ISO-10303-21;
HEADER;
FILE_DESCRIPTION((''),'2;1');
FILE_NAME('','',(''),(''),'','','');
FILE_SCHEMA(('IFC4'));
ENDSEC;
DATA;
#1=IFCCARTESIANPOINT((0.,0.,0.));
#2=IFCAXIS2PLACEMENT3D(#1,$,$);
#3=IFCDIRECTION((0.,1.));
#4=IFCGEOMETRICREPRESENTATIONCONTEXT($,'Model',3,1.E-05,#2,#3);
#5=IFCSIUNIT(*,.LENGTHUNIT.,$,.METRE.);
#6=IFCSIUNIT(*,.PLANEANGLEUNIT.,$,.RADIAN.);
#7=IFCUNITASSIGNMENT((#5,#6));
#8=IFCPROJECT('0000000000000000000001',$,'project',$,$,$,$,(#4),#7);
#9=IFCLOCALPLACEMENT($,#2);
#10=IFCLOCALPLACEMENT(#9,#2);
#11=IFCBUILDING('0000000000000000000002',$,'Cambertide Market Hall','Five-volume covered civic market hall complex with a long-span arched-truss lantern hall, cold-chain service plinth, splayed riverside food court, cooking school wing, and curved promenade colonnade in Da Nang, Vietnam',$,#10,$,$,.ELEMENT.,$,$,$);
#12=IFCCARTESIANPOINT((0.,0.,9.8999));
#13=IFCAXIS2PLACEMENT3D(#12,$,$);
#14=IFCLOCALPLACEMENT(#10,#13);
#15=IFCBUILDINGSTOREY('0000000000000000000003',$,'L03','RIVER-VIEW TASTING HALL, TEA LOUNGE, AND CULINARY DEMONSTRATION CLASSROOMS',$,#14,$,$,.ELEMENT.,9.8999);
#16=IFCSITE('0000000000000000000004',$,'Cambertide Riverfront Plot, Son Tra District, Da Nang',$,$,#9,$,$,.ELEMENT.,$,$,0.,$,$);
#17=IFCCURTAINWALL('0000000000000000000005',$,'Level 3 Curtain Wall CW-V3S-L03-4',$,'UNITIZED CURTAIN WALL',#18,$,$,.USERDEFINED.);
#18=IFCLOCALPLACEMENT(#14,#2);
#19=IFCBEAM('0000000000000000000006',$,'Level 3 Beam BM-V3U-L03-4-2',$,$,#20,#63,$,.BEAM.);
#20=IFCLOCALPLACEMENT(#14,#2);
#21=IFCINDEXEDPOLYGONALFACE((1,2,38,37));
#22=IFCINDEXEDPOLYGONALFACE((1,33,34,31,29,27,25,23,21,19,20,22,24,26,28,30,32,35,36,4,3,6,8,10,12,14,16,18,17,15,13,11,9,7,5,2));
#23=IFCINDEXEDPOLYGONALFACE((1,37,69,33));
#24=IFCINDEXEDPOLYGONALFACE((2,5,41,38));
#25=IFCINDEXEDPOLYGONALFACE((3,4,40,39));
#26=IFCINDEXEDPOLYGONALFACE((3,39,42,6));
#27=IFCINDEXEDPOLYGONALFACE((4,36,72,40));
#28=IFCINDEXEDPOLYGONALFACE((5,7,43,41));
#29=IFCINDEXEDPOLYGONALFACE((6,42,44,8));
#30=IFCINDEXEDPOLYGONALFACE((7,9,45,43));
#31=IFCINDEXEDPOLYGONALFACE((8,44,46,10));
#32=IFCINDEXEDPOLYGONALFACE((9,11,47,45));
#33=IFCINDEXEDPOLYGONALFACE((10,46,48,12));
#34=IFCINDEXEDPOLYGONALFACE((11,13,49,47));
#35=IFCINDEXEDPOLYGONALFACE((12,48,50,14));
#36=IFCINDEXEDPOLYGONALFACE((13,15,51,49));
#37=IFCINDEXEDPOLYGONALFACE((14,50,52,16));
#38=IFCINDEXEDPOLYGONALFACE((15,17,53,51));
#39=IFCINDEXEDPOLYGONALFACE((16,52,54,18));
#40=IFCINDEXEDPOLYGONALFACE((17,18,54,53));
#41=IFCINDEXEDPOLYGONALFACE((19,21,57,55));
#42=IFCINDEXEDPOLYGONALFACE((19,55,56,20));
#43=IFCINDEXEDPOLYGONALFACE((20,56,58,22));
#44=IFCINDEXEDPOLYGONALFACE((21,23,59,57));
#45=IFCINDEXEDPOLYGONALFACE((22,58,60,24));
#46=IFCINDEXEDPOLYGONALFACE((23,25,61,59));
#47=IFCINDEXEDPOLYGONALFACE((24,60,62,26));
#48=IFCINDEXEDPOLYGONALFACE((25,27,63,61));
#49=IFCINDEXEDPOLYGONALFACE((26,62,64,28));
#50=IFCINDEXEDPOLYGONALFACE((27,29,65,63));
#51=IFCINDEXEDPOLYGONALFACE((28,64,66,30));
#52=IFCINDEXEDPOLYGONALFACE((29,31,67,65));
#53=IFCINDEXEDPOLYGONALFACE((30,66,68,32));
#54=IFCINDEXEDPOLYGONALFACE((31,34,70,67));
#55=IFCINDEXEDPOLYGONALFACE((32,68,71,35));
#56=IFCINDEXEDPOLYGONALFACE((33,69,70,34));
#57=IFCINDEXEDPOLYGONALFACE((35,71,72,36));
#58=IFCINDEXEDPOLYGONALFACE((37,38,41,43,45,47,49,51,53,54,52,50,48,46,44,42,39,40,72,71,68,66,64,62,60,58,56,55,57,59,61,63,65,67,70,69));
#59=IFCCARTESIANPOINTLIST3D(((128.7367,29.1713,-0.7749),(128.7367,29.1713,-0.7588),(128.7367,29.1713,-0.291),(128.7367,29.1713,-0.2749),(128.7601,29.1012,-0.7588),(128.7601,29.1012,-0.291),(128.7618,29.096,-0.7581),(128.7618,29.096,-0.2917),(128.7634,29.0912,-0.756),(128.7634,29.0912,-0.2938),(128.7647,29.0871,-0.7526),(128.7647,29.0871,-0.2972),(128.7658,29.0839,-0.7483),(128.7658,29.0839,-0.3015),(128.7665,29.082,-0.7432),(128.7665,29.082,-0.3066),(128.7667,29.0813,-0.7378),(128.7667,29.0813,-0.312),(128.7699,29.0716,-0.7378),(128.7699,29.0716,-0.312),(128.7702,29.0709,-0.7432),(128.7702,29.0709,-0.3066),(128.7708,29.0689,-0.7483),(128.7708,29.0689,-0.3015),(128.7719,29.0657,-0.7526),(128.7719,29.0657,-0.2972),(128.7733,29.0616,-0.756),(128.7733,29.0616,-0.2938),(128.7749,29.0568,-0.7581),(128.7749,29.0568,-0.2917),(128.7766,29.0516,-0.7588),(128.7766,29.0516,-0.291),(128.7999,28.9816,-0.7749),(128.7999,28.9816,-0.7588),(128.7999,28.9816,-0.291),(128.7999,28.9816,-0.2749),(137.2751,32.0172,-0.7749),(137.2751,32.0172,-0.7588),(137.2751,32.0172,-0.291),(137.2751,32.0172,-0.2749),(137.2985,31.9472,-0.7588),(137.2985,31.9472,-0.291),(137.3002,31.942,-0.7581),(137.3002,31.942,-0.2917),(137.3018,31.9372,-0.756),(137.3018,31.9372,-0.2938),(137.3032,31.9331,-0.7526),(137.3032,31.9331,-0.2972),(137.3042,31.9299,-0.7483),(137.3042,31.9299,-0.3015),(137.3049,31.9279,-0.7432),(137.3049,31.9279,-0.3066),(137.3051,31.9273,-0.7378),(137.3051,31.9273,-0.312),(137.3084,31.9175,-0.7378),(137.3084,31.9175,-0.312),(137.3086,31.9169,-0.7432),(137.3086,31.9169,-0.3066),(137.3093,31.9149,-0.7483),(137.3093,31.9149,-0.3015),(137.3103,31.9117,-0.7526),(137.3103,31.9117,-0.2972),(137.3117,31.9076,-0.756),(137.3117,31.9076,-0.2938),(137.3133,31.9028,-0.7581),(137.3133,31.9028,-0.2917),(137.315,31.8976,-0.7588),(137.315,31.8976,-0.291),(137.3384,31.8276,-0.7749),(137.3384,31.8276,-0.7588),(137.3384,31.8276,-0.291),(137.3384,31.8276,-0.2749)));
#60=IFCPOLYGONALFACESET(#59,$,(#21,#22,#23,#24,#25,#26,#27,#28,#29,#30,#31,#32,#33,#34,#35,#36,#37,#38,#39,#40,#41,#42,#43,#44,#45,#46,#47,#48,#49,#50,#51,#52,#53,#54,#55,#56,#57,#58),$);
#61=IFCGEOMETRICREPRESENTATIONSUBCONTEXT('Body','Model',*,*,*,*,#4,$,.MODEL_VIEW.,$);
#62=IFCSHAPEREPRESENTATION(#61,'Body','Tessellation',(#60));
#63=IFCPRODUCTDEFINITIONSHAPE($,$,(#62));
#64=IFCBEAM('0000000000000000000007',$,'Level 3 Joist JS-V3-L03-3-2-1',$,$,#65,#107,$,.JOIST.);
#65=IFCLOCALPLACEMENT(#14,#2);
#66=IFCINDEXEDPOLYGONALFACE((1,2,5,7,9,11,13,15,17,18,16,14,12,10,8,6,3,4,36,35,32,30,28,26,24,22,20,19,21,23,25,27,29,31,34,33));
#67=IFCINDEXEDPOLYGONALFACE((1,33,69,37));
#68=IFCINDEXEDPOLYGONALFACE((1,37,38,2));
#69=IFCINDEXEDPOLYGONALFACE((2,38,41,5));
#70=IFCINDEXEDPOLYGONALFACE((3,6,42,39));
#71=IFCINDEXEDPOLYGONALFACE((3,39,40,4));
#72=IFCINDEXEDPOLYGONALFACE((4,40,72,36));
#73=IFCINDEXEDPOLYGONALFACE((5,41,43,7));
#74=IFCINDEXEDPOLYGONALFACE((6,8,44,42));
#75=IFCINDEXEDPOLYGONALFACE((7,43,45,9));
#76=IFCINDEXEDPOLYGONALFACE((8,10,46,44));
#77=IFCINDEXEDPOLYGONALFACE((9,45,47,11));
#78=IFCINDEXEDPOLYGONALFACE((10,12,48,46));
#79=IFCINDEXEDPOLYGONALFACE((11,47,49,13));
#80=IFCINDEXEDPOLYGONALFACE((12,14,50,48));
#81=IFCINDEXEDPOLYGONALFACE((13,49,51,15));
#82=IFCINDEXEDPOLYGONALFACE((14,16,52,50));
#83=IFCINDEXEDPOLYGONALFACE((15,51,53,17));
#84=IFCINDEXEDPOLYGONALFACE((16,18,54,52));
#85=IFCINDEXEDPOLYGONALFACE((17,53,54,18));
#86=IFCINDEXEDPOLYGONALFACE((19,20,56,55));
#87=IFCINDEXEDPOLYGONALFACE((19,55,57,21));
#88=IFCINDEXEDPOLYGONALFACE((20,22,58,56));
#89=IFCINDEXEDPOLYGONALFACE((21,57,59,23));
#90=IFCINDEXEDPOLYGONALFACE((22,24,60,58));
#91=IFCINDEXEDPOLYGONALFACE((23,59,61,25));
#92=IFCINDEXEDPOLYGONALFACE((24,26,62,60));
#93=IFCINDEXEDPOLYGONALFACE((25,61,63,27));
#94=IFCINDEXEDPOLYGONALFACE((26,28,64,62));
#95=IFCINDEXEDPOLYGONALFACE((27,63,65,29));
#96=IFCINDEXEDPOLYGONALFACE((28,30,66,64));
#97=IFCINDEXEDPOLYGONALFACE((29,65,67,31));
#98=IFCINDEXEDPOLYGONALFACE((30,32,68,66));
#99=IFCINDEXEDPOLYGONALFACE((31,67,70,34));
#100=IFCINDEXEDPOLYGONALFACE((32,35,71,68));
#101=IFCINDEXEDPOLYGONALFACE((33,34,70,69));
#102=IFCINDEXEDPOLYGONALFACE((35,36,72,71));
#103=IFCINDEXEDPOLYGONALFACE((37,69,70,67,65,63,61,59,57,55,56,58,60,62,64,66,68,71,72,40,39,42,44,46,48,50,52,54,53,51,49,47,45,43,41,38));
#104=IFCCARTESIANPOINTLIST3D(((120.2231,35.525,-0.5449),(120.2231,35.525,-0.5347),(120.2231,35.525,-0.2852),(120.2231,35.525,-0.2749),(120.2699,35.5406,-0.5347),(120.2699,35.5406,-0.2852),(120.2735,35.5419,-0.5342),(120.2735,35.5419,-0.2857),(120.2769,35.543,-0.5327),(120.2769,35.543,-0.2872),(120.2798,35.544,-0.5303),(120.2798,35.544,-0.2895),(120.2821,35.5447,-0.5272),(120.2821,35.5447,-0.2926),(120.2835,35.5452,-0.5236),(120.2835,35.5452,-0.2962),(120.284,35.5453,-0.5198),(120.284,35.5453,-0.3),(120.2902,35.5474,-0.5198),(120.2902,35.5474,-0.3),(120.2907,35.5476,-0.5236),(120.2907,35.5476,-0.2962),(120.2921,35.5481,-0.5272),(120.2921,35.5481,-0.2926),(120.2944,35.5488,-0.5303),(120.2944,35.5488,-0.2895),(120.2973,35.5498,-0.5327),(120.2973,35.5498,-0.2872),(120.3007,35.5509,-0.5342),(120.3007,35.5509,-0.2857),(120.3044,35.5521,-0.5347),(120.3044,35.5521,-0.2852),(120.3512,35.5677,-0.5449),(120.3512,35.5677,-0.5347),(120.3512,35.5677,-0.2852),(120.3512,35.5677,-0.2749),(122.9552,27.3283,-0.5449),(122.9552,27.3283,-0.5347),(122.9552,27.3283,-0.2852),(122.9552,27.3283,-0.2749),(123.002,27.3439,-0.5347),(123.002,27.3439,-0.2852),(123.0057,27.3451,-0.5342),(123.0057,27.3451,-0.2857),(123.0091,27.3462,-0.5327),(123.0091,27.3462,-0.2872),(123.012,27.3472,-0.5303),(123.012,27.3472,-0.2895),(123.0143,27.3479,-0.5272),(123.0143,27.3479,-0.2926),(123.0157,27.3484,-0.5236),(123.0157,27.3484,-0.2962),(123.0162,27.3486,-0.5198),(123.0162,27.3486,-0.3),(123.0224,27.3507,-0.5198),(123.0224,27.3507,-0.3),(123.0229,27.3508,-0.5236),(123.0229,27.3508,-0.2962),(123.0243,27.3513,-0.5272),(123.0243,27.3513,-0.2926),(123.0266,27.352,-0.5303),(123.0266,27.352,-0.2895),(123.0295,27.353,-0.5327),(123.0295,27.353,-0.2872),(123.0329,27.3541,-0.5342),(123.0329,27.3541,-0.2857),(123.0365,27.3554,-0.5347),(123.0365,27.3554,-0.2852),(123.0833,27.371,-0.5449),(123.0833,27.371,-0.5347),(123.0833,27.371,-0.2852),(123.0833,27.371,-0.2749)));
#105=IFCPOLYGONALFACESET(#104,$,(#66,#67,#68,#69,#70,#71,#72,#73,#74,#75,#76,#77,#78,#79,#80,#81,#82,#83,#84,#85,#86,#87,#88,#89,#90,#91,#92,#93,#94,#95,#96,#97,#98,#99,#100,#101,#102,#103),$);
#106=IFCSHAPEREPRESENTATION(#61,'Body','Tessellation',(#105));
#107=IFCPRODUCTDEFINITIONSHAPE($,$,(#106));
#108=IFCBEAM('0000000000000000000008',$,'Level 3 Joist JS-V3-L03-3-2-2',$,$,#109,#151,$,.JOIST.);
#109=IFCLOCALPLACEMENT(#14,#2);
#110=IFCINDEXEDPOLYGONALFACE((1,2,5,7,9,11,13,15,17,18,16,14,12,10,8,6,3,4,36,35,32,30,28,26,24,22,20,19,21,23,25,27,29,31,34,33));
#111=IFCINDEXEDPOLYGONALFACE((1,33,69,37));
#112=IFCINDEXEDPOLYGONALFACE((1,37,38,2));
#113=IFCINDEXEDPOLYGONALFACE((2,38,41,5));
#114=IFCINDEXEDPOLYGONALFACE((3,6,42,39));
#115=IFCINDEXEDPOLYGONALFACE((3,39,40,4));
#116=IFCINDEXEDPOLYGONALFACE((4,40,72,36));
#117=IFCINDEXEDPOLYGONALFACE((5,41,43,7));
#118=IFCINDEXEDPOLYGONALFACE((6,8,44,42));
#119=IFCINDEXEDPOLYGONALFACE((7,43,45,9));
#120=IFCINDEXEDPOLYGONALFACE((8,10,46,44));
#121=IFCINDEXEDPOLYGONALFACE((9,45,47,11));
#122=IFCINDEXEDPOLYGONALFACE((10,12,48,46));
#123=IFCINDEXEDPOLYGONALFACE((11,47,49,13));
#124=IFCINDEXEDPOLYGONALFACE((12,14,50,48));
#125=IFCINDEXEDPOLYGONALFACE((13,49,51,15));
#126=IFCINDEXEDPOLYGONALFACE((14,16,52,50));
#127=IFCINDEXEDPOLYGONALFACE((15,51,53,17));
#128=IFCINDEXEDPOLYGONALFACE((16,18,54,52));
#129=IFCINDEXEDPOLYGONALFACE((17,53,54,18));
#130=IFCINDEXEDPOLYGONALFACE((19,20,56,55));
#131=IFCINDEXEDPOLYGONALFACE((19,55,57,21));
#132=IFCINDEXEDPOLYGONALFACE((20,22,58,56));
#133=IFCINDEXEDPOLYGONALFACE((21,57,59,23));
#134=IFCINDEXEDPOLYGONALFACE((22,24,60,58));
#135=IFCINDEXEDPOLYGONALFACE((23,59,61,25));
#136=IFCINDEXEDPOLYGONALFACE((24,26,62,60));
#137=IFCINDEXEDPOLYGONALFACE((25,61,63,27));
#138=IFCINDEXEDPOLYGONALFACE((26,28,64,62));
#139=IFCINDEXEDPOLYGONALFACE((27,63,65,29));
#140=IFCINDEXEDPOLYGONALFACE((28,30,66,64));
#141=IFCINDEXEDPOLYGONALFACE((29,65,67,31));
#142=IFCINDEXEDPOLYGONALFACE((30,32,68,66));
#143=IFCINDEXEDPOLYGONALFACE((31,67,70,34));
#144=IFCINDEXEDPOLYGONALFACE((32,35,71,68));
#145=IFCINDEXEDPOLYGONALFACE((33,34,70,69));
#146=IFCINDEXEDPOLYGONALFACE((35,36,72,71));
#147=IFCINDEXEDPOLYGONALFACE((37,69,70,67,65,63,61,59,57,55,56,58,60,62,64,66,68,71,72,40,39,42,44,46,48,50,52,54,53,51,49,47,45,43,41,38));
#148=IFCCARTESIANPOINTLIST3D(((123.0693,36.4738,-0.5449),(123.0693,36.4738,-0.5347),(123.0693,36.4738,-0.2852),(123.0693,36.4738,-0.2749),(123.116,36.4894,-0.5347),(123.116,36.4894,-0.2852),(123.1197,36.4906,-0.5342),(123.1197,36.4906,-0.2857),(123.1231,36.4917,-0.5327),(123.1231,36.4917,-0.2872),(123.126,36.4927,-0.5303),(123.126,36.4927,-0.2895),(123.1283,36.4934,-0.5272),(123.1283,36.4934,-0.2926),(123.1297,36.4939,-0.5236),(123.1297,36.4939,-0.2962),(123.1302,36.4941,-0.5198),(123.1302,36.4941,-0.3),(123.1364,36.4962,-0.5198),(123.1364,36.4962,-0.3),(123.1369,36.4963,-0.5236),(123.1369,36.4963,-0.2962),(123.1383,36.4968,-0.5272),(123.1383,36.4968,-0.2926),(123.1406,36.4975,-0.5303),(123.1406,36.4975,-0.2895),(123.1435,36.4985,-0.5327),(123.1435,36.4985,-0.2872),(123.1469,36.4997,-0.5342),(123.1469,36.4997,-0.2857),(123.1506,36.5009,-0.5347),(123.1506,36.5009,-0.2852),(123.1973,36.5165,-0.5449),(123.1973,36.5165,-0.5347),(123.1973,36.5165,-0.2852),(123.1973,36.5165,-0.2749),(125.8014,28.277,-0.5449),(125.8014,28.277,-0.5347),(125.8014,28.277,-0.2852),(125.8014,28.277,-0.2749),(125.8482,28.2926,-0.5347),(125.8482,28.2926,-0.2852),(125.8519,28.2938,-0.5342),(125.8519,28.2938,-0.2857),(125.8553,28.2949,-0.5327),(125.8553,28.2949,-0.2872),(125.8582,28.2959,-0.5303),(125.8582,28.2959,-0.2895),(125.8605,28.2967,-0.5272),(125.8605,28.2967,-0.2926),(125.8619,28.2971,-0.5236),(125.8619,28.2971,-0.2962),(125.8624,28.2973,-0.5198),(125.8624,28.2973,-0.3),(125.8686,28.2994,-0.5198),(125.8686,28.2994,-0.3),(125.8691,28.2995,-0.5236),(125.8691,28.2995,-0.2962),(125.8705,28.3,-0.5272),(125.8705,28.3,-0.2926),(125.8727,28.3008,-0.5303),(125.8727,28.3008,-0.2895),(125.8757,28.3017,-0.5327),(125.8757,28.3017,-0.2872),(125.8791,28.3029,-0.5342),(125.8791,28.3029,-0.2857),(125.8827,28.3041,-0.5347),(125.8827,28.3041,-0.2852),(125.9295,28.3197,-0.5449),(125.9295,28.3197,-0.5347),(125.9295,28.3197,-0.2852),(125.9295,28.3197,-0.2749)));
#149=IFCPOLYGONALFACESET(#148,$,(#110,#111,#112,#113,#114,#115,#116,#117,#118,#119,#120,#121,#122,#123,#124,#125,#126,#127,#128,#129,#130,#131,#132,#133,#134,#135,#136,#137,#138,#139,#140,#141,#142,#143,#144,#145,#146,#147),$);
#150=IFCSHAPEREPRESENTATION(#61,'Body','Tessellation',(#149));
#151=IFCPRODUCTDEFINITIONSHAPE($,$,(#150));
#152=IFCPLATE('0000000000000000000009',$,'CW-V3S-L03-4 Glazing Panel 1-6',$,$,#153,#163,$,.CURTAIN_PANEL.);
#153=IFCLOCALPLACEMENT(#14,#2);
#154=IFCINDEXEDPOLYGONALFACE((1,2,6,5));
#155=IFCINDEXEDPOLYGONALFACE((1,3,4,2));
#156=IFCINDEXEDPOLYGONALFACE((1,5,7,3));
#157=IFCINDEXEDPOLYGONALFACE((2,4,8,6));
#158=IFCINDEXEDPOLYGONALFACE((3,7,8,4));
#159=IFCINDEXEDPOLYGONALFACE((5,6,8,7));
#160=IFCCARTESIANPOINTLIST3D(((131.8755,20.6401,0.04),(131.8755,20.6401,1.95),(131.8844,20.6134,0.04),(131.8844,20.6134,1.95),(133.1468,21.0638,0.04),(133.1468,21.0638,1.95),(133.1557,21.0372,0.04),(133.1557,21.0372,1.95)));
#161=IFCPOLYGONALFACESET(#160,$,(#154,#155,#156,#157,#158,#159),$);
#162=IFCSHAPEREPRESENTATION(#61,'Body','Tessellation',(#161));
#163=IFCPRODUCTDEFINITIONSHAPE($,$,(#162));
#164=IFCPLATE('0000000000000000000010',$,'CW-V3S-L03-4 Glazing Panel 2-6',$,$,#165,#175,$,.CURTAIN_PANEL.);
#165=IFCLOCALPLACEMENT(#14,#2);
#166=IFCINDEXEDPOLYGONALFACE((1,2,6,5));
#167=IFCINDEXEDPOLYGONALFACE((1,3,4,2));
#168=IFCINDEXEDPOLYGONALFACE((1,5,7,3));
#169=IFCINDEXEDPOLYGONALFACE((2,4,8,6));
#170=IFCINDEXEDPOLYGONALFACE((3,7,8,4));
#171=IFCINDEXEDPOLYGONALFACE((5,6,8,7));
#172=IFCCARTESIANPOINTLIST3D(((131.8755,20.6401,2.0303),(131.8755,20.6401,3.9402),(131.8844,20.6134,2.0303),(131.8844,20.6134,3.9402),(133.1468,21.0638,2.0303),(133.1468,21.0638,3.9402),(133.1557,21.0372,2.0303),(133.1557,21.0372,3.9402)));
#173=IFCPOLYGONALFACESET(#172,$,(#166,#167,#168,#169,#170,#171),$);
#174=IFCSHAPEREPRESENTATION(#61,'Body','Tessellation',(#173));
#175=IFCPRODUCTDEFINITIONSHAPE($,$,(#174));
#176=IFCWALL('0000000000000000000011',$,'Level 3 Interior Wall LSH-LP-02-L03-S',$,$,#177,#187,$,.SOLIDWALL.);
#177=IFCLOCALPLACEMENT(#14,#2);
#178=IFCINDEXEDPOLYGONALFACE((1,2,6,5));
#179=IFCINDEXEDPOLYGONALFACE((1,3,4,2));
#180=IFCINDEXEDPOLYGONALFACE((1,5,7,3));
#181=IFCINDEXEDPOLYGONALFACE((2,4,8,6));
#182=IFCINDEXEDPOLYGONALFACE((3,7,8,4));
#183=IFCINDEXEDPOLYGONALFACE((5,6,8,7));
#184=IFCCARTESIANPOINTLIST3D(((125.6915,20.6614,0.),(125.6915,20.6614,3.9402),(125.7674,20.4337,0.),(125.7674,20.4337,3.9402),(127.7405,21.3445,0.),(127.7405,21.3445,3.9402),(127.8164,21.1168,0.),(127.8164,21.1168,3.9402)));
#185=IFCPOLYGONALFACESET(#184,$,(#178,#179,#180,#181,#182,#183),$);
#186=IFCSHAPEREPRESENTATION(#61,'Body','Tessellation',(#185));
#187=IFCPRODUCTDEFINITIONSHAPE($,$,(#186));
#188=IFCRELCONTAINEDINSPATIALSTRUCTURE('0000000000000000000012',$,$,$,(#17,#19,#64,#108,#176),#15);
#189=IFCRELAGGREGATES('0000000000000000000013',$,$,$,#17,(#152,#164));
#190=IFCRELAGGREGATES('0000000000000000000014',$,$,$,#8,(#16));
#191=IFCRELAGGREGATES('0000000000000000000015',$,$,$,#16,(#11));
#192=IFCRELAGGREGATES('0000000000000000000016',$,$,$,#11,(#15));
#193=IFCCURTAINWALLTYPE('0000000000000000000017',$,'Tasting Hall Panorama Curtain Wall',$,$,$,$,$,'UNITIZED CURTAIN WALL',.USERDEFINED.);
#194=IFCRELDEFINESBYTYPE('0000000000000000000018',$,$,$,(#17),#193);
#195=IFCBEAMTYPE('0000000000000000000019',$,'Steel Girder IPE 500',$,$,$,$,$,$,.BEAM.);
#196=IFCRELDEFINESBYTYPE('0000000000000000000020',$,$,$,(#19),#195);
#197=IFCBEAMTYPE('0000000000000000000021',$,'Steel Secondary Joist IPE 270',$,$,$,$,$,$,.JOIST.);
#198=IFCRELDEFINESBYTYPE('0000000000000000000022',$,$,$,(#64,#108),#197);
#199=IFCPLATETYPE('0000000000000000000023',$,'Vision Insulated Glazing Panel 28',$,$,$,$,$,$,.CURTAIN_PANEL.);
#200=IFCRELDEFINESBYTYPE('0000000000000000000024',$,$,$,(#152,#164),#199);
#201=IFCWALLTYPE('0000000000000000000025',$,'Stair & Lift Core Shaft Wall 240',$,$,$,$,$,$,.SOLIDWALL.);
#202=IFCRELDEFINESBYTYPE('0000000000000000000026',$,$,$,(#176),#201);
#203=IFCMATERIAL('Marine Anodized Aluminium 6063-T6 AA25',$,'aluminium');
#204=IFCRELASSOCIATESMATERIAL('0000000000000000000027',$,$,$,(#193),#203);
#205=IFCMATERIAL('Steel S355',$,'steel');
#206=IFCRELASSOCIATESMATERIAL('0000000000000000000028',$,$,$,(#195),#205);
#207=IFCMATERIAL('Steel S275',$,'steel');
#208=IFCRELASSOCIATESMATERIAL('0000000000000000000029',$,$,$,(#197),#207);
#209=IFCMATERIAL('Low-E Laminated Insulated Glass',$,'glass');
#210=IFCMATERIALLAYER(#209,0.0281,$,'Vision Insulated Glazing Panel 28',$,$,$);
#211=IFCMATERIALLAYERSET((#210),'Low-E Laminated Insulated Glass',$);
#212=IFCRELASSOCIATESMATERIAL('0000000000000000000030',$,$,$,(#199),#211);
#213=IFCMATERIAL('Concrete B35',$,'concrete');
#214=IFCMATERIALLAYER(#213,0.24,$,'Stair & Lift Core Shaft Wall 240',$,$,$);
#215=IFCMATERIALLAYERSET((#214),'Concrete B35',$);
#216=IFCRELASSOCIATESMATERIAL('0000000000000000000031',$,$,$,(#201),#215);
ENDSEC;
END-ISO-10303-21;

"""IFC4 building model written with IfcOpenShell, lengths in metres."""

from ifc_helpers import new_model, si_unit, direction, frame, frame_2d, origin, origin_2d, place, context, subcontext, project, spatial, rectangle, i_section, extrude, material, layer, layer_set, material_profile, profile_set, type_object, element, aggregate, save


model = new_model("IFC4")

# Units and contexts
model_context = context("Model", 3, precision=1e-05, world=origin(), true_north=direction((0.0, 1.0)))
body_context = subcontext(model_context, "Body", "Model", "MODEL_VIEW")
ifc_project = project(units=[si_unit("LENGTHUNIT", "METRE"), si_unit("PLANEANGLEUNIT", "RADIAN")], contexts=[model_context])

# Site, building, storey
site_placement = place(None, origin())
site = spatial("IfcSite", under=ifc_project, at=site_placement, Name="Cambertide Riverfront Plot, Son Tra District, Da Nang", CompositionType="ELEMENT", RefElevation=0.0)
building_placement = place(site_placement, origin())
building = spatial("IfcBuilding", under=site, at=building_placement, Name="Cambertide Market Hall", Description="Five-volume covered civic market hall complex with a long-span arched-truss lantern hall, cold-chain service plinth, splayed riverside food court, cooking school wing, and curved promenade colonnade in Da Nang, Vietnam", CompositionType="ELEMENT")
storey_placement = place(building_placement, frame((0.0, 0.0, 9.8999)))
storey = spatial("IfcBuildingStorey", under=building, at=storey_placement, Name="L03", Description="RIVER-VIEW TASTING HALL, TEA LOUNGE, AND CULINARY DEMONSTRATION CLASSROOMS", CompositionType="ELEMENT", Elevation=9.8999)

# Curtain wall
ifc_material_1 = material(Name="Marine Anodized Aluminium 6063-T6 AA25", Category="aluminium")
curtain_wall_type = type_object("IfcCurtainWallType", Name="Tasting Hall Panorama Curtain Wall", ElementType="UNITIZED CURTAIN WALL", PredefinedType="USERDEFINED", material=ifc_material_1)
curtain_wall_1_placement = place(storey_placement, origin())
curtain_wall_1 = element("IfcCurtainWall", 1, at=curtain_wall_1_placement, inside=storey, type_object=curtain_wall_type, Name="Level 3 Curtain Wall CW-V3S-L03-4", ObjectType="UNITIZED CURTAIN WALL", PredefinedType="USERDEFINED")

# Beams
ifc_material_2 = material(Name="Steel S355", Category="steel")
ifc_material_profile_1 = material_profile(ifc_material_2, i_section(OverallWidth=0.2, OverallDepth=0.5, WebThickness=0.0103, FlangeThickness=0.0161, FilletRadius=0.021, at=origin_2d()), Name="IPE 500")
ifc_profile_set_1 = profile_set([ifc_material_profile_1], Name="Steel S355")
beam_type_1 = type_object("IfcBeamType", Name="Steel Girder IPE 500", PredefinedType="BEAM", material=ifc_profile_set_1)
beam_1_placement = place(storey_placement, frame((128.7683, 29.0764, -0.5249), z_axis=(0.948689, 0.316211, 0.0), x_axis=(-0.316211, 0.948689, 0.0)))
element("IfcBeam", 2, at=beam_1_placement, inside=storey, type_object=beam_type_1, Name="Level 3 Beam BM-V3U-L03-4-2", PredefinedType="BEAM", context=body_context, shape_type="SweptSolid", body=[
    extrude(i_section(OverallWidth=0.2, OverallDepth=0.5, WebThickness=0.0103, FlangeThickness=0.0161, FilletRadius=0.021, at=origin_2d()), origin(), (0.0, 0.0, 1.0), 9.0002),
])
ifc_material_3 = material(Name="Steel S275", Category="steel")
ifc_material_profile_2 = material_profile(ifc_material_3, i_section(OverallWidth=0.135, OverallDepth=0.27, WebThickness=0.0066, FlangeThickness=0.0103, FilletRadius=0.0149, at=origin_2d()), Name="IPE 270")
ifc_profile_set_2 = profile_set([ifc_material_profile_2], Name="Steel S275")
beam_type_2 = type_object("IfcBeamType", Name="Steel Secondary Joist IPE 270", PredefinedType="JOIST", material=ifc_profile_set_2)
for number, where, z_axis, x_axis, name in (
    (3, (123.0193, 27.3496, -0.4099), (-0.316219, 0.948686, 0.0), (-0.948686, -0.316219, 0.0), "Level 3 Joist JS-V3-L03-3-2-1"),
    (4, (125.8655, 28.2983, -0.4099), (-0.316219, 0.948686, 0.0), (-0.948686, -0.316219, 0.0), "Level 3 Joist JS-V3-L03-3-2-2"),
):
    element("IfcBeam", number, at=place(storey_placement, frame(where, z_axis=z_axis, x_axis=x_axis)), inside=storey, type_object=beam_type_2, Name=name, PredefinedType="JOIST", context=body_context, shape_type="SweptSolid", body=[
        extrude(i_section(OverallWidth=0.135, OverallDepth=0.27, WebThickness=0.0066, FlangeThickness=0.0103, FilletRadius=0.0149, at=origin_2d()), origin(), (0.0, 0.0, 1.0), 8.6401),
    ])

# Plates
ifc_material_4 = material(Name="Low-E Laminated Insulated Glass", Category="glass")
ifc_layer_1 = layer(ifc_material_4, 0.0281, Name="Vision Insulated Glazing Panel 28")
ifc_layer_set_1 = layer_set([ifc_layer_1], Name="Low-E Laminated Insulated Glass")
plate_type = type_object("IfcPlateType", Name="Vision Insulated Glazing Panel 28", PredefinedType="CURTAIN_PANEL", material=ifc_layer_set_1)
plate_1_placement = place(storey_placement, frame((132.5156, 20.8386, 0.04), z_axis=(0.0, 0.0, 1.0), x_axis=(-0.948683, -0.316228, 0.0)))
plate_1 = element("IfcPlate", 5, at=plate_1_placement, type_object=plate_type, Name="CW-V3S-L03-4 Glazing Panel 1-6", PredefinedType="CURTAIN_PANEL", context=body_context, shape_type="SweptSolid", body=[
    extrude(rectangle(XDim=1.3401, YDim=0.0281, at=origin_2d()), origin(), (0.0, 0.0, 1.0), 1.9099),
])
plate_2_placement = place(storey_placement, frame((132.5156, 20.8386, 2.0303), z_axis=(0.0, 0.0, 1.0), x_axis=(-0.948683, -0.316228, 0.0)))
plate_2 = element("IfcPlate", 6, at=plate_2_placement, type_object=plate_type, Name="CW-V3S-L03-4 Glazing Panel 2-6", PredefinedType="CURTAIN_PANEL", context=body_context, shape_type="SweptSolid", body=[
    extrude(rectangle(XDim=1.3401, YDim=0.0281, at=origin_2d()), origin(), (0.0, 0.0, 1.0), 1.9099),
])
aggregate(curtain_wall_1, [plate_1, plate_2])

# Wall
ifc_material_5 = material(Name="Concrete B35", Category="concrete")
ifc_layer_2 = layer(ifc_material_5, 0.24, Name="Stair & Lift Core Shaft Wall 240")
ifc_layer_set_2 = layer_set([ifc_layer_2], Name="Concrete B35")
wall_type_1 = type_object("IfcWallType", Name="Stair & Lift Core Shaft Wall 240", PredefinedType="SOLIDWALL", material=ifc_layer_set_2)
wall_1_placement = place(storey_placement, frame((127.7786, 21.2307, 0.0), z_axis=(0.0, 0.0, 1.0), x_axis=(-0.948672, -0.316262, 0.0)))
element("IfcWall", 7, at=wall_1_placement, inside=storey, type_object=wall_type_1, Name="Level 3 Interior Wall LSH-LP-02-L03-S", PredefinedType="SOLIDWALL", context=body_context, shape_type="SweptSolid", body=[
    extrude(rectangle(XDim=2.1599, YDim=0.24, at=frame_2d((1.0801, 0.0))), origin(), (0.0, 0.0, 1.0), 3.9402),
])

save(model, "model.ifc")
